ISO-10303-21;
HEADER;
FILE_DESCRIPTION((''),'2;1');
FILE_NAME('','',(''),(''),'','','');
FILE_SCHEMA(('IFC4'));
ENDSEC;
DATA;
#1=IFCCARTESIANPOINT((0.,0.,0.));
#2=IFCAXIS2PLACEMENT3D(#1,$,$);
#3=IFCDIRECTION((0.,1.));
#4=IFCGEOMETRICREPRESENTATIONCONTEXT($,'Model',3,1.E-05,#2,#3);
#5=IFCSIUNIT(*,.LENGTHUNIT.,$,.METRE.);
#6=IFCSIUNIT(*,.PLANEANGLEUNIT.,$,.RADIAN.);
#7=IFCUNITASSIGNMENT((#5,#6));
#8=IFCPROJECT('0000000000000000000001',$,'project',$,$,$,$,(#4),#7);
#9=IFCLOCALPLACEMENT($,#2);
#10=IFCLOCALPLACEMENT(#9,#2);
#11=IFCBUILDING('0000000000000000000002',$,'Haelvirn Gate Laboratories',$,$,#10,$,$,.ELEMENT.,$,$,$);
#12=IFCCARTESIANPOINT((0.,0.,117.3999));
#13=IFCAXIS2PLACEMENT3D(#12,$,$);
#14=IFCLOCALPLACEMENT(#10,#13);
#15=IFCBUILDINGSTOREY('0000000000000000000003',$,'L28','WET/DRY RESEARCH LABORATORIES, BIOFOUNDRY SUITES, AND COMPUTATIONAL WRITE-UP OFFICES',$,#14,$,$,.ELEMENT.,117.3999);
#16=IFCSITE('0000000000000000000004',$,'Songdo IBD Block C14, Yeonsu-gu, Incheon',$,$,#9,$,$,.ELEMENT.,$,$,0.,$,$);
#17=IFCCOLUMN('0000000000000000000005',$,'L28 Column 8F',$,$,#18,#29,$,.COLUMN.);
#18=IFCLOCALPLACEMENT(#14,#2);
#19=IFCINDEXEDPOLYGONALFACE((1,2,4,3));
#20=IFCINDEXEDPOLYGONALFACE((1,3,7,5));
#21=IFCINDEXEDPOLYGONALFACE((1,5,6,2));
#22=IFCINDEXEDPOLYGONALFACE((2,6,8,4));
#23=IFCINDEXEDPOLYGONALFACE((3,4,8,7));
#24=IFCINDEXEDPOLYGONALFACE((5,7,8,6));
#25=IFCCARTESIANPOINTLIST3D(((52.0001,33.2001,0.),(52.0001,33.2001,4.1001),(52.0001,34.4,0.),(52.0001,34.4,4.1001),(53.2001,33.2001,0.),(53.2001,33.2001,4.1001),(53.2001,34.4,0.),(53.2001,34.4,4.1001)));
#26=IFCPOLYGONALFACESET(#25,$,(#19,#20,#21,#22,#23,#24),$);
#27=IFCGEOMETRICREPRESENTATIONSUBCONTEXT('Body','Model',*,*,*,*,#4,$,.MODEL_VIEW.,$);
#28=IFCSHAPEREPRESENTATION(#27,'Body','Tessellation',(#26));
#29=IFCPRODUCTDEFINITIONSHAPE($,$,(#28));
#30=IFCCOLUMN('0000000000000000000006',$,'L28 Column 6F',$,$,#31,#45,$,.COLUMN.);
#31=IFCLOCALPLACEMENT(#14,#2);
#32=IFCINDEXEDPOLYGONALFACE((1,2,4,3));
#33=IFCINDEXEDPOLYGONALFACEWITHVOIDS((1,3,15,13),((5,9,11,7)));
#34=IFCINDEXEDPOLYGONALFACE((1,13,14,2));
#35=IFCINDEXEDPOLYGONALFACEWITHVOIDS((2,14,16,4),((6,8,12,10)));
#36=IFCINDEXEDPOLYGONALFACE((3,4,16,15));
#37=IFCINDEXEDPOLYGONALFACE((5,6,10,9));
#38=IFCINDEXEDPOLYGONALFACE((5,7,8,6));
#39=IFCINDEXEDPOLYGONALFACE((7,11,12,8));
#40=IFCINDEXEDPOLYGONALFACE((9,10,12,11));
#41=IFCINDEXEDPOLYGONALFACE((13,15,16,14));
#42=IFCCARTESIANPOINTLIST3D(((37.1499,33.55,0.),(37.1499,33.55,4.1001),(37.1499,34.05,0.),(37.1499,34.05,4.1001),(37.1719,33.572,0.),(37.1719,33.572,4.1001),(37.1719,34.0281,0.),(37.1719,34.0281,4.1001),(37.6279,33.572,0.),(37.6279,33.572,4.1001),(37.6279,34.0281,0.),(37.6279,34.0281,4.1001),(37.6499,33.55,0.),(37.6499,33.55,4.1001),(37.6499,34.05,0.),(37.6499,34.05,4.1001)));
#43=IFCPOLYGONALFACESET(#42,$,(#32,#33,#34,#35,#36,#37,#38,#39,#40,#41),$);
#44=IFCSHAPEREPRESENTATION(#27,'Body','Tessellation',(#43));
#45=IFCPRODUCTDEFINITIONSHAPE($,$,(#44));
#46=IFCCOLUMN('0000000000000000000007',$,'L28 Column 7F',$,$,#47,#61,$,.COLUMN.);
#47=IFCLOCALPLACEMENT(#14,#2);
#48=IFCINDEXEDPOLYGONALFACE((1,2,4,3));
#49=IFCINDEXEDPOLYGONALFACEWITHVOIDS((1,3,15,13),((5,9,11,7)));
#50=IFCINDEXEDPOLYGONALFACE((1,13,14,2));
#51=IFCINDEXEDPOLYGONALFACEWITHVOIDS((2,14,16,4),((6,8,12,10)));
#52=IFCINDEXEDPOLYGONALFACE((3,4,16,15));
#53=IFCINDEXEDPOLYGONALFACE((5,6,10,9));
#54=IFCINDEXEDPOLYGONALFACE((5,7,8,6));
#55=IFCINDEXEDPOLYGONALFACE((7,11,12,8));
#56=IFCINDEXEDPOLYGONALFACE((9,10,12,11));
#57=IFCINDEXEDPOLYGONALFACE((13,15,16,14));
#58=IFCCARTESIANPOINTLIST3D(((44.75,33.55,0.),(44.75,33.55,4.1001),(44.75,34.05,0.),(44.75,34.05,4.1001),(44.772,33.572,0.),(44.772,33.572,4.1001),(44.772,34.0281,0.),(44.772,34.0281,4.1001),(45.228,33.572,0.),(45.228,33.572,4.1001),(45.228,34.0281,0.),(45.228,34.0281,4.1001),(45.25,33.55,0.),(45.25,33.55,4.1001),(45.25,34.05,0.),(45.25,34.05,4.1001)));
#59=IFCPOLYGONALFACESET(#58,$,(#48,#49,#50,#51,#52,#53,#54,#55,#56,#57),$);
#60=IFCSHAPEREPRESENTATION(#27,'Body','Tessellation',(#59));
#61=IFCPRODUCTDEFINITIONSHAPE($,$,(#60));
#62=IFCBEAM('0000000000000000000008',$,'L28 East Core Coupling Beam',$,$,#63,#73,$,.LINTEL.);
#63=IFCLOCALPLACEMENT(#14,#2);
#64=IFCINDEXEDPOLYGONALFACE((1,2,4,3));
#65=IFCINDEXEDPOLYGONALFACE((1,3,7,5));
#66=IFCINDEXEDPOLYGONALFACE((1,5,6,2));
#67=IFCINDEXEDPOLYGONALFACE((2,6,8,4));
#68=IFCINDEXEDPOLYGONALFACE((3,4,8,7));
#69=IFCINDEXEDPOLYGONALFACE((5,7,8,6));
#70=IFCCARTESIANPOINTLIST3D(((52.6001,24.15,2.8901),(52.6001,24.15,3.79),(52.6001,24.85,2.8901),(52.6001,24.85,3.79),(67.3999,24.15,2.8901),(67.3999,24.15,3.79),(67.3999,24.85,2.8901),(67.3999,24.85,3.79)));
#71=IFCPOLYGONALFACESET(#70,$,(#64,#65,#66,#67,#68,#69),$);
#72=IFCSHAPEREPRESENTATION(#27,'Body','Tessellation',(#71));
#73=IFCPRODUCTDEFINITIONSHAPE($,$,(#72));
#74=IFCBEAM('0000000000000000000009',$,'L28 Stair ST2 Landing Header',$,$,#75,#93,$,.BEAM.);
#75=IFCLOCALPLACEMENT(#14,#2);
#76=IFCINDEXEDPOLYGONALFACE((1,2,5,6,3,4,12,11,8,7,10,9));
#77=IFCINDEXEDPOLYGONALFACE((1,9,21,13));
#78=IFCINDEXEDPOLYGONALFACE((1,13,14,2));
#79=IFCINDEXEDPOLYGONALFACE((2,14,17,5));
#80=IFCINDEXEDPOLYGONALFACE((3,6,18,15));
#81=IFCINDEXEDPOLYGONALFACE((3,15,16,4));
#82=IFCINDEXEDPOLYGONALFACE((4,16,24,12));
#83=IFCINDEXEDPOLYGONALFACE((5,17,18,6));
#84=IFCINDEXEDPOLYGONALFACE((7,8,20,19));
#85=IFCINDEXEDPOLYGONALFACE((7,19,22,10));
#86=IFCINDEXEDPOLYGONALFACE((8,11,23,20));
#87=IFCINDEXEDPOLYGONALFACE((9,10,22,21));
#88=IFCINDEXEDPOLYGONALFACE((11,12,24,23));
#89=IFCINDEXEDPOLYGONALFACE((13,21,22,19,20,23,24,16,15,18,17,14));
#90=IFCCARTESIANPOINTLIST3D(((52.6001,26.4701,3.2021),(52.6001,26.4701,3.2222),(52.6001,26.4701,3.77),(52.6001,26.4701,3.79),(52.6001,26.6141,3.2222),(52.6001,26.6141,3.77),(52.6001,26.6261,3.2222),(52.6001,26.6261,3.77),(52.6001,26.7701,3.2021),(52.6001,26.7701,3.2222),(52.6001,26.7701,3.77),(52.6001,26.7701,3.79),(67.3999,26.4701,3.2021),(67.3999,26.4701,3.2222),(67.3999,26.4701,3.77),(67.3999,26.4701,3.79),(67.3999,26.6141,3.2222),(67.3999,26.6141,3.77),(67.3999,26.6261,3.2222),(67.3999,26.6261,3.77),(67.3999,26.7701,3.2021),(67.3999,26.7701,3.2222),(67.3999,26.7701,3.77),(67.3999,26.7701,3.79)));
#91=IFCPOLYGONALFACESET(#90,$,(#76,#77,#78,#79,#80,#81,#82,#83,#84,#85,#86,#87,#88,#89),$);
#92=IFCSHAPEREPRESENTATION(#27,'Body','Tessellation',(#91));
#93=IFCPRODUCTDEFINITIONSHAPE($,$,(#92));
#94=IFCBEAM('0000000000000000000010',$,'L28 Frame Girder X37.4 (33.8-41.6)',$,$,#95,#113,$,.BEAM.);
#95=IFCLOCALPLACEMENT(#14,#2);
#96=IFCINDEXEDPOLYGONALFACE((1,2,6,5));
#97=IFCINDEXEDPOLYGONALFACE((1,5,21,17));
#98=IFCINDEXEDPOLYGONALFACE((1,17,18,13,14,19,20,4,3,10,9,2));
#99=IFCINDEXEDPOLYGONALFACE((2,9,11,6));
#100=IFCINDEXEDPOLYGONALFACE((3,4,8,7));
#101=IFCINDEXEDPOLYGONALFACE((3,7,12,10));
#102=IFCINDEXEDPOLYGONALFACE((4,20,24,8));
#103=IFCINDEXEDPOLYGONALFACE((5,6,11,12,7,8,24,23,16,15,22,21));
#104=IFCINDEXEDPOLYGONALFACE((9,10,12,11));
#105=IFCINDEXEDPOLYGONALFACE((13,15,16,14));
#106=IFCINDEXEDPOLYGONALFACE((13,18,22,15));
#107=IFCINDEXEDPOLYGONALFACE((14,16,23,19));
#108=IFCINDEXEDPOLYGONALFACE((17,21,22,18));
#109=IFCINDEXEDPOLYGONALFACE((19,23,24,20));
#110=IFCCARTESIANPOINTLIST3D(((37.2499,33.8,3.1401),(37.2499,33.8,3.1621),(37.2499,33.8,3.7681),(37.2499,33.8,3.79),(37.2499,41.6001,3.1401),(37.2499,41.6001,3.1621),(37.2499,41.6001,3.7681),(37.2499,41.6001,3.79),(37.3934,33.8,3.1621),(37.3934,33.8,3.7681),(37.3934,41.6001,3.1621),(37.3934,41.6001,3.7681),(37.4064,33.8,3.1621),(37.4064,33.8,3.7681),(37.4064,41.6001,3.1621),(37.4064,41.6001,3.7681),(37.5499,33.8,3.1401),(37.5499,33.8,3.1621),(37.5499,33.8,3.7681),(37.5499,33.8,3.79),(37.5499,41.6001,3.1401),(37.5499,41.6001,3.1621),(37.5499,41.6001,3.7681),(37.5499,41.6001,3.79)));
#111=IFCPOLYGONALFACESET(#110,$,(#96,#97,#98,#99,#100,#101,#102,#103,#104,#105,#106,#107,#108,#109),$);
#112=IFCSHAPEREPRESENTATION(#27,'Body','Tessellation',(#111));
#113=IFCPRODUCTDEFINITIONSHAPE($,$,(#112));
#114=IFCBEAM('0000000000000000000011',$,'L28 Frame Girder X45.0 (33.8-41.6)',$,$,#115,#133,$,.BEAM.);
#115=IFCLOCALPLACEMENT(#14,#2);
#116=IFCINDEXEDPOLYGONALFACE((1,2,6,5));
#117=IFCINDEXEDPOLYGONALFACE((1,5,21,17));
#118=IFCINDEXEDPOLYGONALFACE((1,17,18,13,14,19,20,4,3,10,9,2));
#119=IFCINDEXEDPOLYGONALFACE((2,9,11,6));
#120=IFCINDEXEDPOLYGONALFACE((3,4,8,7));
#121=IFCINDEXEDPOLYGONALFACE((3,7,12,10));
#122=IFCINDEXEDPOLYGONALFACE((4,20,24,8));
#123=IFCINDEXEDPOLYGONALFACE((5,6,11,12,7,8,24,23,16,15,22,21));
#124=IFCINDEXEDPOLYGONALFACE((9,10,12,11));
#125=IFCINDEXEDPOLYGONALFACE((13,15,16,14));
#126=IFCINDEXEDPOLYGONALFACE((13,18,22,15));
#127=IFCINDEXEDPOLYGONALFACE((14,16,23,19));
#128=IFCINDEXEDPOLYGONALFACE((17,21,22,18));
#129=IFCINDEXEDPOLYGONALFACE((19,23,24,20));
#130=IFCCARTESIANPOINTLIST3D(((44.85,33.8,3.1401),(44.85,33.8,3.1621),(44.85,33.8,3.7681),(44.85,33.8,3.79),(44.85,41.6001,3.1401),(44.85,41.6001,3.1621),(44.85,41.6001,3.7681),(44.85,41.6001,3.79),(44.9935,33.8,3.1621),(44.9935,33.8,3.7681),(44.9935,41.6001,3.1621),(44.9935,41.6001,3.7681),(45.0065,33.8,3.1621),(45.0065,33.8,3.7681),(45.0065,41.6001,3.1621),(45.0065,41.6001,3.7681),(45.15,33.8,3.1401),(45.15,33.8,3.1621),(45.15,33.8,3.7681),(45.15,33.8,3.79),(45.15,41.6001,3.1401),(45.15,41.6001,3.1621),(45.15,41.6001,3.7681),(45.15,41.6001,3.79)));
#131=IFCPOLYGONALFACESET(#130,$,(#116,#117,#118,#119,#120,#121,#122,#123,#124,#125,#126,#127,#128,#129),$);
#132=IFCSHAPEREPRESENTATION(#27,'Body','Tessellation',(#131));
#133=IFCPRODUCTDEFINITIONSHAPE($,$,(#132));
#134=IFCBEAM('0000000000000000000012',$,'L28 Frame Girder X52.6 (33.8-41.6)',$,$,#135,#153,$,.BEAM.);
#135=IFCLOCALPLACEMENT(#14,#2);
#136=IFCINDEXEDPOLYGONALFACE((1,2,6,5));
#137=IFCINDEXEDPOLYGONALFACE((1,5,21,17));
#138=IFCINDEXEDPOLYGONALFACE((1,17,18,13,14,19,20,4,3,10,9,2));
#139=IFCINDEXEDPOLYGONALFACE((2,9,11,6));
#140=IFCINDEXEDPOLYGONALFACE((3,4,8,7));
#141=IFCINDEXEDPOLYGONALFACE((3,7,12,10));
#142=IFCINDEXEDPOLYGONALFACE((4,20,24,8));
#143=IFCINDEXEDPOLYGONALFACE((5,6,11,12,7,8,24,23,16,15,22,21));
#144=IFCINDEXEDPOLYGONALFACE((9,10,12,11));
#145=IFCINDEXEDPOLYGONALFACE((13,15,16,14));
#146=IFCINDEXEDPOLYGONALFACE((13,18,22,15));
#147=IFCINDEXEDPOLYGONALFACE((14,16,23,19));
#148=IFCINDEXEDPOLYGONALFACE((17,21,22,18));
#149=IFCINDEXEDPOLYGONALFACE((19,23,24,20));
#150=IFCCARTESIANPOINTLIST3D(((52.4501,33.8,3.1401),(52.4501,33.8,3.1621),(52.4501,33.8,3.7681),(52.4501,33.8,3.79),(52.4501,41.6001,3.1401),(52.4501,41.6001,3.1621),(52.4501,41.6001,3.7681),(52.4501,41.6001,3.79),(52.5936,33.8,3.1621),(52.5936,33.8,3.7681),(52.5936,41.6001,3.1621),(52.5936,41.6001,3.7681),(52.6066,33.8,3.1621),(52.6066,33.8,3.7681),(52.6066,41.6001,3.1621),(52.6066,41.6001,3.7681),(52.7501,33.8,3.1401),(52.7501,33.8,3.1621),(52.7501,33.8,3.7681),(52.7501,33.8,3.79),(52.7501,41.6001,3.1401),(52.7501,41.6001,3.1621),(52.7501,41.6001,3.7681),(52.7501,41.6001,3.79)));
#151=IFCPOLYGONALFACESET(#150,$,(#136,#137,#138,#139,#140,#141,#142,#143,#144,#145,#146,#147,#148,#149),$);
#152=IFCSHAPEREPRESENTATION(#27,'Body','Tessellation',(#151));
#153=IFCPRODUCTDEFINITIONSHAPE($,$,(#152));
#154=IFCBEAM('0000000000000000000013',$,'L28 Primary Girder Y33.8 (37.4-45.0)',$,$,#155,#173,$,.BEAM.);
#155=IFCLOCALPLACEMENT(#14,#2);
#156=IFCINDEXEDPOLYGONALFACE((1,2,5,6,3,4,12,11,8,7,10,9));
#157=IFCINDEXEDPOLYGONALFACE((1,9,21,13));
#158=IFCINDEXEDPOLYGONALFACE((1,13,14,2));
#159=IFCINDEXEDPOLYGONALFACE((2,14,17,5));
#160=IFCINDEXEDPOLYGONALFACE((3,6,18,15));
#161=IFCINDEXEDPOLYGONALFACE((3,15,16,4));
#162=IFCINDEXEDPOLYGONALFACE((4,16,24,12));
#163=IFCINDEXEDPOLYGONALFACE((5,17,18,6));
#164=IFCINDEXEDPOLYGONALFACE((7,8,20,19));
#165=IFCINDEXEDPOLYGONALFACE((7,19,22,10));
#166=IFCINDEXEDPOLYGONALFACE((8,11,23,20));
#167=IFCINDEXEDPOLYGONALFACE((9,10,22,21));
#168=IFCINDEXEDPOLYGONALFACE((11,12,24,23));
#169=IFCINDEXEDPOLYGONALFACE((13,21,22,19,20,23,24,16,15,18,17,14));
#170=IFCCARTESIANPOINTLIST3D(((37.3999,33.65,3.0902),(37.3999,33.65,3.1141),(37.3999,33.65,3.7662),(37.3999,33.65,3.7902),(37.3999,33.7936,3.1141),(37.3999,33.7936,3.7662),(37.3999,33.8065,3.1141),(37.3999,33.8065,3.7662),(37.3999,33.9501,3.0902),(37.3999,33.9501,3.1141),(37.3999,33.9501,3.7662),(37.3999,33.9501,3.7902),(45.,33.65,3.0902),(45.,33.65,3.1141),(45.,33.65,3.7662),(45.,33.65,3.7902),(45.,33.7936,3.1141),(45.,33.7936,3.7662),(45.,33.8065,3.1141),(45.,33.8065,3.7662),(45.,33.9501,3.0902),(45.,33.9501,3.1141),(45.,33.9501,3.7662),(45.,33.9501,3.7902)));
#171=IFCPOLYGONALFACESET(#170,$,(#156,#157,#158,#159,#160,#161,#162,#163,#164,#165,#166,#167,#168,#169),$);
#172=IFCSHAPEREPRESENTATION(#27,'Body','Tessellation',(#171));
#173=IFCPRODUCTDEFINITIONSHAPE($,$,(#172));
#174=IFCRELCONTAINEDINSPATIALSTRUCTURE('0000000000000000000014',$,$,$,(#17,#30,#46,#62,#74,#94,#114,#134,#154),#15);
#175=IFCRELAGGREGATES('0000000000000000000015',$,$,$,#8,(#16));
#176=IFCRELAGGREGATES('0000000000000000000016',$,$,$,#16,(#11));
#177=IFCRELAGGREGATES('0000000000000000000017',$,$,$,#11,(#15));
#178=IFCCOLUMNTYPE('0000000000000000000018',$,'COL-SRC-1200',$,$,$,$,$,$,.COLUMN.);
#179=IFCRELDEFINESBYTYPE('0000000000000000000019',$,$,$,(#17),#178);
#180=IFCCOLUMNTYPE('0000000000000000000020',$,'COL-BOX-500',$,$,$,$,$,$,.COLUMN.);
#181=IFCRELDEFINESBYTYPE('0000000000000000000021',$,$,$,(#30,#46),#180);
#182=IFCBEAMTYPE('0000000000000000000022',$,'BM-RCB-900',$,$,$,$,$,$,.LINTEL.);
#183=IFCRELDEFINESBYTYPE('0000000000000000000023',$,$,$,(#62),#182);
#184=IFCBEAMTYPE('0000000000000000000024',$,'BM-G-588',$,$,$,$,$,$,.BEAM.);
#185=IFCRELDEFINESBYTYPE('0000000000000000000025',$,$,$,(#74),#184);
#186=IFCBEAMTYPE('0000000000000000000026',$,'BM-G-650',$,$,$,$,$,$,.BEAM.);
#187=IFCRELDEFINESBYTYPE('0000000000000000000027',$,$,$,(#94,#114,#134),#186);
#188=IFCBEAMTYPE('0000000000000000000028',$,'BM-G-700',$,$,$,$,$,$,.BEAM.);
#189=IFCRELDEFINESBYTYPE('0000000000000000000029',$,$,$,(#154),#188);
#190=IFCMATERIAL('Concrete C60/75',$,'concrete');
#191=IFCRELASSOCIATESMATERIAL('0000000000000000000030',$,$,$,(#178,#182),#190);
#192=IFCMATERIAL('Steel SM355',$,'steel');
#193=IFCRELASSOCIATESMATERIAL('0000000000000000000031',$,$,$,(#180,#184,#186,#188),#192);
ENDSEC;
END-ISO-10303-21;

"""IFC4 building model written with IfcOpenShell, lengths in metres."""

from ifc_helpers import new_model, si_unit, direction, frame, origin, origin_2d, place, context, subcontext, project, spatial, rectangle, hollow_rectangle, i_section, extrude, source, transform, mapped, material, material_profile, profile_set, type_object, type_shapes, element, save


model = new_model("IFC4")

# Units and contexts
model_context = context("Model", 3, precision=1e-05, world=origin(), true_north=direction((0.0, 1.0)))
body_context = subcontext(model_context, "Body", "Model", "MODEL_VIEW")
ifc_project = project(units=[si_unit("LENGTHUNIT", "METRE"), si_unit("PLANEANGLEUNIT", "RADIAN")], contexts=[model_context])

# Site, building, storey
site_placement = place(None, origin())
site = spatial("IfcSite", under=ifc_project, at=site_placement, Name="Songdo IBD Block C14, Yeonsu-gu, Incheon", CompositionType="ELEMENT", RefElevation=0.0)
building_placement = place(site_placement, origin())
building = spatial("IfcBuilding", under=site, at=building_placement, Name="Haelvirn Gate Laboratories", CompositionType="ELEMENT")
storey_placement = place(building_placement, frame((0.0, 0.0, 117.3999)))
storey = spatial("IfcBuildingStorey", under=building, at=storey_placement, Name="L28", Description="WET/DRY RESEARCH LABORATORIES, BIOFOUNDRY SUITES, AND COMPUTATIONAL WRITE-UP OFFICES", CompositionType="ELEMENT", Elevation=117.3999)

# Columns
ifc_material_1 = material(Name="Concrete C60/75", Category="concrete")
ifc_material_profile_1 = material_profile(ifc_material_1, rectangle(XDim=1.2, YDim=1.2, at=origin_2d()), Name="SRC-1200x1200")
ifc_profile_set_1 = profile_set([ifc_material_profile_1], Name="Concrete C60/75")
column_type_1 = type_object("IfcColumnType", Name="COL-SRC-1200", PredefinedType="COLUMN", material=ifc_profile_set_1)
shared_shape_1 = source(origin(), body_context, "Body", "SweptSolid", [
    extrude(rectangle(XDim=1.2, YDim=1.2, at=origin_2d()), origin(), (0.0, 0.0, 1.0), 4.1001),
])
type_shapes(column_type_1, [shared_shape_1])
column_placement = place(storey_placement, frame((52.6001, 33.8, 0.0), z_axis=(0.0, 0.0, 1.0), x_axis=(1.0, 0.0, 0.0)))
element("IfcColumn", 1, at=column_placement, inside=storey, type_object=column_type_1, Name="L28 Column 8F", PredefinedType="COLUMN", context=body_context, shape_type="MappedRepresentation", body=[
    mapped(shared_shape_1, transform((0.0, 0.0, 0.0), scale=1.0)),
])
ifc_material_2 = material(Name="Steel SM355", Category="steel")
ifc_material_profile_2 = material_profile(ifc_material_2, hollow_rectangle(XDim=0.5, YDim=0.5, WallThickness=0.022, at=origin_2d()), Name="BOX-500x500x22")
ifc_profile_set_2 = profile_set([ifc_material_profile_2], Name="Steel SM355")
column_type_2 = type_object("IfcColumnType", Name="COL-BOX-500", PredefinedType="COLUMN", material=ifc_profile_set_2)
shared_shape_2 = source(origin(), body_context, "Body", "SweptSolid", [
    extrude(hollow_rectangle(XDim=0.5, YDim=0.5, WallThickness=0.022, at=origin_2d()), origin(), (0.0, 0.0, 1.0), 4.1001),
])
type_shapes(column_type_2, [shared_shape_2])
for number, where, z_axis, x_axis, name in (
    (2, (37.3999, 33.8, 0.0), (0.0, 0.0, 1.0), (1.0, 0.0, 0.0), "L28 Column 6F"),
    (3, (45.0, 33.8, 0.0), (0.0, 0.0, 1.0), (1.0, 0.0, 0.0), "L28 Column 7F"),
):
    element("IfcColumn", number, at=place(storey_placement, frame(where, z_axis=z_axis, x_axis=x_axis)), inside=storey, type_object=column_type_2, Name=name, PredefinedType="COLUMN", context=body_context, shape_type="MappedRepresentation", body=[
        mapped(shared_shape_2, transform((0.0, 0.0, 0.0), scale=1.0)),
    ])

# Beams
ifc_material_profile_3 = material_profile(ifc_material_1, rectangle(XDim=0.7, YDim=0.8999, at=origin_2d()), Name="RCB-700x900")
ifc_profile_set_3 = profile_set([ifc_material_profile_3], Name="Concrete C60/75")
beam_type_1 = type_object("IfcBeamType", Name="BM-RCB-900", PredefinedType="LINTEL", material=ifc_profile_set_3)
shared_shape_3 = source(origin(), body_context, "Body", "SweptSolid", [
    extrude(rectangle(XDim=0.7, YDim=0.8999, at=origin_2d()), origin(), (0.0, 0.0, 1.0), 14.7998),
])
type_shapes(beam_type_1, [shared_shape_3])
beam_1_placement = place(storey_placement, frame((52.6001, 24.5, 3.3401), z_axis=(1.0, 0.0, 0.0), x_axis=(0.0, 1.0, 0.0)))
element("IfcBeam", 4, at=beam_1_placement, inside=storey, type_object=beam_type_1, Name="L28 East Core Coupling Beam", PredefinedType="LINTEL", context=body_context, shape_type="MappedRepresentation", body=[
    mapped(shared_shape_3, transform((0.0, 0.0, 0.0), scale=1.0)),
])
ifc_material_profile_4 = material_profile(ifc_material_2, i_section(OverallWidth=0.3, OverallDepth=0.5879, WebThickness=0.012, FlangeThickness=0.02, at=origin_2d()), Name="H-588x300x12x20")
ifc_profile_set_4 = profile_set([ifc_material_profile_4], Name="Steel SM355")
beam_type_2 = type_object("IfcBeamType", Name="BM-G-588", PredefinedType="BEAM", material=ifc_profile_set_4)
shared_shape_4 = source(origin(), body_context, "Body", "SweptSolid", [
    extrude(i_section(OverallWidth=0.3, OverallDepth=0.5879, WebThickness=0.012, FlangeThickness=0.02, at=origin_2d()), origin(), (0.0, 0.0, 1.0), 14.7998),
])
type_shapes(beam_type_2, [shared_shape_4])
beam_2_placement = place(storey_placement, frame((52.6001, 26.6201, 3.4961), z_axis=(1.0, 0.0, 0.0), x_axis=(0.0, 1.0, 0.0)))
element("IfcBeam", 5, at=beam_2_placement, inside=storey, type_object=beam_type_2, Name="L28 Stair ST2 Landing Header", PredefinedType="BEAM", context=body_context, shape_type="MappedRepresentation", body=[
    mapped(shared_shape_4, transform((0.0, 0.0, 0.0), scale=1.0)),
])
ifc_material_profile_5 = material_profile(ifc_material_2, i_section(OverallWidth=0.3, OverallDepth=0.6499, WebThickness=0.0129, FlangeThickness=0.022, at=origin_2d()), Name="H-650x300x13x22")
ifc_profile_set_5 = profile_set([ifc_material_profile_5], Name="Steel SM355")
beam_type_3 = type_object("IfcBeamType", Name="BM-G-650", PredefinedType="BEAM", material=ifc_profile_set_5)
shared_shape_5 = source(origin(), body_context, "Body", "SweptSolid", [
    extrude(i_section(OverallWidth=0.3, OverallDepth=0.6499, WebThickness=0.0129, FlangeThickness=0.022, at=origin_2d()), origin(), (0.0, 0.0, 1.0), 7.8),
])
type_shapes(beam_type_3, [shared_shape_5])
for number, where, z_axis, x_axis, name in (
    (6, (37.3999, 33.8, 3.4651), (0.0, 1.0, 0.0), (-1.0, 0.0, 0.0), "L28 Frame Girder X37.4 (33.8-41.6)"),
    (7, (45.0, 33.8, 3.4651), (0.0, 1.0, 0.0), (-1.0, 0.0, 0.0), "L28 Frame Girder X45.0 (33.8-41.6)"),
    (8, (52.6001, 33.8, 3.4651), (0.0, 1.0, 0.0), (-1.0, 0.0, 0.0), "L28 Frame Girder X52.6 (33.8-41.6)"),
):
    element("IfcBeam", number, at=place(storey_placement, frame(where, z_axis=z_axis, x_axis=x_axis)), inside=storey, type_object=beam_type_3, Name=name, PredefinedType="BEAM", context=body_context, shape_type="MappedRepresentation", body=[
        mapped(shared_shape_5, transform((0.0, 0.0, 0.0), scale=1.0)),
    ])
ifc_material_profile_6 = material_profile(ifc_material_2, i_section(OverallWidth=0.3, OverallDepth=0.7, WebThickness=0.0129, FlangeThickness=0.0239, at=origin_2d()), Name="H-700x300x13x24")
ifc_profile_set_6 = profile_set([ifc_material_profile_6], Name="Steel SM355")
beam_type_4 = type_object("IfcBeamType", Name="BM-G-700", PredefinedType="BEAM", material=ifc_profile_set_6)
shared_shape_6 = source(origin(), body_context, "Body", "SweptSolid", [
    extrude(i_section(OverallWidth=0.3, OverallDepth=0.7, WebThickness=0.0129, FlangeThickness=0.0239, at=origin_2d()), origin(), (0.0, 0.0, 1.0), 7.6001),
])
type_shapes(beam_type_4, [shared_shape_6])
for number, where, z_axis, x_axis, name in (
    (9, (37.3999, 33.8, 3.4402), (1.0, 0.0, 0.0), (0.0, 1.0, 0.0), "L28 Primary Girder Y33.8 (37.4-45.0)"),
):
    element("IfcBeam", number, at=place(storey_placement, frame(where, z_axis=z_axis, x_axis=x_axis)), inside=storey, type_object=beam_type_4, Name=name, PredefinedType="BEAM", context=body_context, shape_type="MappedRepresentation", body=[
        mapped(shared_shape_6, transform((0.0, 0.0, 0.0), scale=1.0)),
    ])

save(model, "model.ifc")
